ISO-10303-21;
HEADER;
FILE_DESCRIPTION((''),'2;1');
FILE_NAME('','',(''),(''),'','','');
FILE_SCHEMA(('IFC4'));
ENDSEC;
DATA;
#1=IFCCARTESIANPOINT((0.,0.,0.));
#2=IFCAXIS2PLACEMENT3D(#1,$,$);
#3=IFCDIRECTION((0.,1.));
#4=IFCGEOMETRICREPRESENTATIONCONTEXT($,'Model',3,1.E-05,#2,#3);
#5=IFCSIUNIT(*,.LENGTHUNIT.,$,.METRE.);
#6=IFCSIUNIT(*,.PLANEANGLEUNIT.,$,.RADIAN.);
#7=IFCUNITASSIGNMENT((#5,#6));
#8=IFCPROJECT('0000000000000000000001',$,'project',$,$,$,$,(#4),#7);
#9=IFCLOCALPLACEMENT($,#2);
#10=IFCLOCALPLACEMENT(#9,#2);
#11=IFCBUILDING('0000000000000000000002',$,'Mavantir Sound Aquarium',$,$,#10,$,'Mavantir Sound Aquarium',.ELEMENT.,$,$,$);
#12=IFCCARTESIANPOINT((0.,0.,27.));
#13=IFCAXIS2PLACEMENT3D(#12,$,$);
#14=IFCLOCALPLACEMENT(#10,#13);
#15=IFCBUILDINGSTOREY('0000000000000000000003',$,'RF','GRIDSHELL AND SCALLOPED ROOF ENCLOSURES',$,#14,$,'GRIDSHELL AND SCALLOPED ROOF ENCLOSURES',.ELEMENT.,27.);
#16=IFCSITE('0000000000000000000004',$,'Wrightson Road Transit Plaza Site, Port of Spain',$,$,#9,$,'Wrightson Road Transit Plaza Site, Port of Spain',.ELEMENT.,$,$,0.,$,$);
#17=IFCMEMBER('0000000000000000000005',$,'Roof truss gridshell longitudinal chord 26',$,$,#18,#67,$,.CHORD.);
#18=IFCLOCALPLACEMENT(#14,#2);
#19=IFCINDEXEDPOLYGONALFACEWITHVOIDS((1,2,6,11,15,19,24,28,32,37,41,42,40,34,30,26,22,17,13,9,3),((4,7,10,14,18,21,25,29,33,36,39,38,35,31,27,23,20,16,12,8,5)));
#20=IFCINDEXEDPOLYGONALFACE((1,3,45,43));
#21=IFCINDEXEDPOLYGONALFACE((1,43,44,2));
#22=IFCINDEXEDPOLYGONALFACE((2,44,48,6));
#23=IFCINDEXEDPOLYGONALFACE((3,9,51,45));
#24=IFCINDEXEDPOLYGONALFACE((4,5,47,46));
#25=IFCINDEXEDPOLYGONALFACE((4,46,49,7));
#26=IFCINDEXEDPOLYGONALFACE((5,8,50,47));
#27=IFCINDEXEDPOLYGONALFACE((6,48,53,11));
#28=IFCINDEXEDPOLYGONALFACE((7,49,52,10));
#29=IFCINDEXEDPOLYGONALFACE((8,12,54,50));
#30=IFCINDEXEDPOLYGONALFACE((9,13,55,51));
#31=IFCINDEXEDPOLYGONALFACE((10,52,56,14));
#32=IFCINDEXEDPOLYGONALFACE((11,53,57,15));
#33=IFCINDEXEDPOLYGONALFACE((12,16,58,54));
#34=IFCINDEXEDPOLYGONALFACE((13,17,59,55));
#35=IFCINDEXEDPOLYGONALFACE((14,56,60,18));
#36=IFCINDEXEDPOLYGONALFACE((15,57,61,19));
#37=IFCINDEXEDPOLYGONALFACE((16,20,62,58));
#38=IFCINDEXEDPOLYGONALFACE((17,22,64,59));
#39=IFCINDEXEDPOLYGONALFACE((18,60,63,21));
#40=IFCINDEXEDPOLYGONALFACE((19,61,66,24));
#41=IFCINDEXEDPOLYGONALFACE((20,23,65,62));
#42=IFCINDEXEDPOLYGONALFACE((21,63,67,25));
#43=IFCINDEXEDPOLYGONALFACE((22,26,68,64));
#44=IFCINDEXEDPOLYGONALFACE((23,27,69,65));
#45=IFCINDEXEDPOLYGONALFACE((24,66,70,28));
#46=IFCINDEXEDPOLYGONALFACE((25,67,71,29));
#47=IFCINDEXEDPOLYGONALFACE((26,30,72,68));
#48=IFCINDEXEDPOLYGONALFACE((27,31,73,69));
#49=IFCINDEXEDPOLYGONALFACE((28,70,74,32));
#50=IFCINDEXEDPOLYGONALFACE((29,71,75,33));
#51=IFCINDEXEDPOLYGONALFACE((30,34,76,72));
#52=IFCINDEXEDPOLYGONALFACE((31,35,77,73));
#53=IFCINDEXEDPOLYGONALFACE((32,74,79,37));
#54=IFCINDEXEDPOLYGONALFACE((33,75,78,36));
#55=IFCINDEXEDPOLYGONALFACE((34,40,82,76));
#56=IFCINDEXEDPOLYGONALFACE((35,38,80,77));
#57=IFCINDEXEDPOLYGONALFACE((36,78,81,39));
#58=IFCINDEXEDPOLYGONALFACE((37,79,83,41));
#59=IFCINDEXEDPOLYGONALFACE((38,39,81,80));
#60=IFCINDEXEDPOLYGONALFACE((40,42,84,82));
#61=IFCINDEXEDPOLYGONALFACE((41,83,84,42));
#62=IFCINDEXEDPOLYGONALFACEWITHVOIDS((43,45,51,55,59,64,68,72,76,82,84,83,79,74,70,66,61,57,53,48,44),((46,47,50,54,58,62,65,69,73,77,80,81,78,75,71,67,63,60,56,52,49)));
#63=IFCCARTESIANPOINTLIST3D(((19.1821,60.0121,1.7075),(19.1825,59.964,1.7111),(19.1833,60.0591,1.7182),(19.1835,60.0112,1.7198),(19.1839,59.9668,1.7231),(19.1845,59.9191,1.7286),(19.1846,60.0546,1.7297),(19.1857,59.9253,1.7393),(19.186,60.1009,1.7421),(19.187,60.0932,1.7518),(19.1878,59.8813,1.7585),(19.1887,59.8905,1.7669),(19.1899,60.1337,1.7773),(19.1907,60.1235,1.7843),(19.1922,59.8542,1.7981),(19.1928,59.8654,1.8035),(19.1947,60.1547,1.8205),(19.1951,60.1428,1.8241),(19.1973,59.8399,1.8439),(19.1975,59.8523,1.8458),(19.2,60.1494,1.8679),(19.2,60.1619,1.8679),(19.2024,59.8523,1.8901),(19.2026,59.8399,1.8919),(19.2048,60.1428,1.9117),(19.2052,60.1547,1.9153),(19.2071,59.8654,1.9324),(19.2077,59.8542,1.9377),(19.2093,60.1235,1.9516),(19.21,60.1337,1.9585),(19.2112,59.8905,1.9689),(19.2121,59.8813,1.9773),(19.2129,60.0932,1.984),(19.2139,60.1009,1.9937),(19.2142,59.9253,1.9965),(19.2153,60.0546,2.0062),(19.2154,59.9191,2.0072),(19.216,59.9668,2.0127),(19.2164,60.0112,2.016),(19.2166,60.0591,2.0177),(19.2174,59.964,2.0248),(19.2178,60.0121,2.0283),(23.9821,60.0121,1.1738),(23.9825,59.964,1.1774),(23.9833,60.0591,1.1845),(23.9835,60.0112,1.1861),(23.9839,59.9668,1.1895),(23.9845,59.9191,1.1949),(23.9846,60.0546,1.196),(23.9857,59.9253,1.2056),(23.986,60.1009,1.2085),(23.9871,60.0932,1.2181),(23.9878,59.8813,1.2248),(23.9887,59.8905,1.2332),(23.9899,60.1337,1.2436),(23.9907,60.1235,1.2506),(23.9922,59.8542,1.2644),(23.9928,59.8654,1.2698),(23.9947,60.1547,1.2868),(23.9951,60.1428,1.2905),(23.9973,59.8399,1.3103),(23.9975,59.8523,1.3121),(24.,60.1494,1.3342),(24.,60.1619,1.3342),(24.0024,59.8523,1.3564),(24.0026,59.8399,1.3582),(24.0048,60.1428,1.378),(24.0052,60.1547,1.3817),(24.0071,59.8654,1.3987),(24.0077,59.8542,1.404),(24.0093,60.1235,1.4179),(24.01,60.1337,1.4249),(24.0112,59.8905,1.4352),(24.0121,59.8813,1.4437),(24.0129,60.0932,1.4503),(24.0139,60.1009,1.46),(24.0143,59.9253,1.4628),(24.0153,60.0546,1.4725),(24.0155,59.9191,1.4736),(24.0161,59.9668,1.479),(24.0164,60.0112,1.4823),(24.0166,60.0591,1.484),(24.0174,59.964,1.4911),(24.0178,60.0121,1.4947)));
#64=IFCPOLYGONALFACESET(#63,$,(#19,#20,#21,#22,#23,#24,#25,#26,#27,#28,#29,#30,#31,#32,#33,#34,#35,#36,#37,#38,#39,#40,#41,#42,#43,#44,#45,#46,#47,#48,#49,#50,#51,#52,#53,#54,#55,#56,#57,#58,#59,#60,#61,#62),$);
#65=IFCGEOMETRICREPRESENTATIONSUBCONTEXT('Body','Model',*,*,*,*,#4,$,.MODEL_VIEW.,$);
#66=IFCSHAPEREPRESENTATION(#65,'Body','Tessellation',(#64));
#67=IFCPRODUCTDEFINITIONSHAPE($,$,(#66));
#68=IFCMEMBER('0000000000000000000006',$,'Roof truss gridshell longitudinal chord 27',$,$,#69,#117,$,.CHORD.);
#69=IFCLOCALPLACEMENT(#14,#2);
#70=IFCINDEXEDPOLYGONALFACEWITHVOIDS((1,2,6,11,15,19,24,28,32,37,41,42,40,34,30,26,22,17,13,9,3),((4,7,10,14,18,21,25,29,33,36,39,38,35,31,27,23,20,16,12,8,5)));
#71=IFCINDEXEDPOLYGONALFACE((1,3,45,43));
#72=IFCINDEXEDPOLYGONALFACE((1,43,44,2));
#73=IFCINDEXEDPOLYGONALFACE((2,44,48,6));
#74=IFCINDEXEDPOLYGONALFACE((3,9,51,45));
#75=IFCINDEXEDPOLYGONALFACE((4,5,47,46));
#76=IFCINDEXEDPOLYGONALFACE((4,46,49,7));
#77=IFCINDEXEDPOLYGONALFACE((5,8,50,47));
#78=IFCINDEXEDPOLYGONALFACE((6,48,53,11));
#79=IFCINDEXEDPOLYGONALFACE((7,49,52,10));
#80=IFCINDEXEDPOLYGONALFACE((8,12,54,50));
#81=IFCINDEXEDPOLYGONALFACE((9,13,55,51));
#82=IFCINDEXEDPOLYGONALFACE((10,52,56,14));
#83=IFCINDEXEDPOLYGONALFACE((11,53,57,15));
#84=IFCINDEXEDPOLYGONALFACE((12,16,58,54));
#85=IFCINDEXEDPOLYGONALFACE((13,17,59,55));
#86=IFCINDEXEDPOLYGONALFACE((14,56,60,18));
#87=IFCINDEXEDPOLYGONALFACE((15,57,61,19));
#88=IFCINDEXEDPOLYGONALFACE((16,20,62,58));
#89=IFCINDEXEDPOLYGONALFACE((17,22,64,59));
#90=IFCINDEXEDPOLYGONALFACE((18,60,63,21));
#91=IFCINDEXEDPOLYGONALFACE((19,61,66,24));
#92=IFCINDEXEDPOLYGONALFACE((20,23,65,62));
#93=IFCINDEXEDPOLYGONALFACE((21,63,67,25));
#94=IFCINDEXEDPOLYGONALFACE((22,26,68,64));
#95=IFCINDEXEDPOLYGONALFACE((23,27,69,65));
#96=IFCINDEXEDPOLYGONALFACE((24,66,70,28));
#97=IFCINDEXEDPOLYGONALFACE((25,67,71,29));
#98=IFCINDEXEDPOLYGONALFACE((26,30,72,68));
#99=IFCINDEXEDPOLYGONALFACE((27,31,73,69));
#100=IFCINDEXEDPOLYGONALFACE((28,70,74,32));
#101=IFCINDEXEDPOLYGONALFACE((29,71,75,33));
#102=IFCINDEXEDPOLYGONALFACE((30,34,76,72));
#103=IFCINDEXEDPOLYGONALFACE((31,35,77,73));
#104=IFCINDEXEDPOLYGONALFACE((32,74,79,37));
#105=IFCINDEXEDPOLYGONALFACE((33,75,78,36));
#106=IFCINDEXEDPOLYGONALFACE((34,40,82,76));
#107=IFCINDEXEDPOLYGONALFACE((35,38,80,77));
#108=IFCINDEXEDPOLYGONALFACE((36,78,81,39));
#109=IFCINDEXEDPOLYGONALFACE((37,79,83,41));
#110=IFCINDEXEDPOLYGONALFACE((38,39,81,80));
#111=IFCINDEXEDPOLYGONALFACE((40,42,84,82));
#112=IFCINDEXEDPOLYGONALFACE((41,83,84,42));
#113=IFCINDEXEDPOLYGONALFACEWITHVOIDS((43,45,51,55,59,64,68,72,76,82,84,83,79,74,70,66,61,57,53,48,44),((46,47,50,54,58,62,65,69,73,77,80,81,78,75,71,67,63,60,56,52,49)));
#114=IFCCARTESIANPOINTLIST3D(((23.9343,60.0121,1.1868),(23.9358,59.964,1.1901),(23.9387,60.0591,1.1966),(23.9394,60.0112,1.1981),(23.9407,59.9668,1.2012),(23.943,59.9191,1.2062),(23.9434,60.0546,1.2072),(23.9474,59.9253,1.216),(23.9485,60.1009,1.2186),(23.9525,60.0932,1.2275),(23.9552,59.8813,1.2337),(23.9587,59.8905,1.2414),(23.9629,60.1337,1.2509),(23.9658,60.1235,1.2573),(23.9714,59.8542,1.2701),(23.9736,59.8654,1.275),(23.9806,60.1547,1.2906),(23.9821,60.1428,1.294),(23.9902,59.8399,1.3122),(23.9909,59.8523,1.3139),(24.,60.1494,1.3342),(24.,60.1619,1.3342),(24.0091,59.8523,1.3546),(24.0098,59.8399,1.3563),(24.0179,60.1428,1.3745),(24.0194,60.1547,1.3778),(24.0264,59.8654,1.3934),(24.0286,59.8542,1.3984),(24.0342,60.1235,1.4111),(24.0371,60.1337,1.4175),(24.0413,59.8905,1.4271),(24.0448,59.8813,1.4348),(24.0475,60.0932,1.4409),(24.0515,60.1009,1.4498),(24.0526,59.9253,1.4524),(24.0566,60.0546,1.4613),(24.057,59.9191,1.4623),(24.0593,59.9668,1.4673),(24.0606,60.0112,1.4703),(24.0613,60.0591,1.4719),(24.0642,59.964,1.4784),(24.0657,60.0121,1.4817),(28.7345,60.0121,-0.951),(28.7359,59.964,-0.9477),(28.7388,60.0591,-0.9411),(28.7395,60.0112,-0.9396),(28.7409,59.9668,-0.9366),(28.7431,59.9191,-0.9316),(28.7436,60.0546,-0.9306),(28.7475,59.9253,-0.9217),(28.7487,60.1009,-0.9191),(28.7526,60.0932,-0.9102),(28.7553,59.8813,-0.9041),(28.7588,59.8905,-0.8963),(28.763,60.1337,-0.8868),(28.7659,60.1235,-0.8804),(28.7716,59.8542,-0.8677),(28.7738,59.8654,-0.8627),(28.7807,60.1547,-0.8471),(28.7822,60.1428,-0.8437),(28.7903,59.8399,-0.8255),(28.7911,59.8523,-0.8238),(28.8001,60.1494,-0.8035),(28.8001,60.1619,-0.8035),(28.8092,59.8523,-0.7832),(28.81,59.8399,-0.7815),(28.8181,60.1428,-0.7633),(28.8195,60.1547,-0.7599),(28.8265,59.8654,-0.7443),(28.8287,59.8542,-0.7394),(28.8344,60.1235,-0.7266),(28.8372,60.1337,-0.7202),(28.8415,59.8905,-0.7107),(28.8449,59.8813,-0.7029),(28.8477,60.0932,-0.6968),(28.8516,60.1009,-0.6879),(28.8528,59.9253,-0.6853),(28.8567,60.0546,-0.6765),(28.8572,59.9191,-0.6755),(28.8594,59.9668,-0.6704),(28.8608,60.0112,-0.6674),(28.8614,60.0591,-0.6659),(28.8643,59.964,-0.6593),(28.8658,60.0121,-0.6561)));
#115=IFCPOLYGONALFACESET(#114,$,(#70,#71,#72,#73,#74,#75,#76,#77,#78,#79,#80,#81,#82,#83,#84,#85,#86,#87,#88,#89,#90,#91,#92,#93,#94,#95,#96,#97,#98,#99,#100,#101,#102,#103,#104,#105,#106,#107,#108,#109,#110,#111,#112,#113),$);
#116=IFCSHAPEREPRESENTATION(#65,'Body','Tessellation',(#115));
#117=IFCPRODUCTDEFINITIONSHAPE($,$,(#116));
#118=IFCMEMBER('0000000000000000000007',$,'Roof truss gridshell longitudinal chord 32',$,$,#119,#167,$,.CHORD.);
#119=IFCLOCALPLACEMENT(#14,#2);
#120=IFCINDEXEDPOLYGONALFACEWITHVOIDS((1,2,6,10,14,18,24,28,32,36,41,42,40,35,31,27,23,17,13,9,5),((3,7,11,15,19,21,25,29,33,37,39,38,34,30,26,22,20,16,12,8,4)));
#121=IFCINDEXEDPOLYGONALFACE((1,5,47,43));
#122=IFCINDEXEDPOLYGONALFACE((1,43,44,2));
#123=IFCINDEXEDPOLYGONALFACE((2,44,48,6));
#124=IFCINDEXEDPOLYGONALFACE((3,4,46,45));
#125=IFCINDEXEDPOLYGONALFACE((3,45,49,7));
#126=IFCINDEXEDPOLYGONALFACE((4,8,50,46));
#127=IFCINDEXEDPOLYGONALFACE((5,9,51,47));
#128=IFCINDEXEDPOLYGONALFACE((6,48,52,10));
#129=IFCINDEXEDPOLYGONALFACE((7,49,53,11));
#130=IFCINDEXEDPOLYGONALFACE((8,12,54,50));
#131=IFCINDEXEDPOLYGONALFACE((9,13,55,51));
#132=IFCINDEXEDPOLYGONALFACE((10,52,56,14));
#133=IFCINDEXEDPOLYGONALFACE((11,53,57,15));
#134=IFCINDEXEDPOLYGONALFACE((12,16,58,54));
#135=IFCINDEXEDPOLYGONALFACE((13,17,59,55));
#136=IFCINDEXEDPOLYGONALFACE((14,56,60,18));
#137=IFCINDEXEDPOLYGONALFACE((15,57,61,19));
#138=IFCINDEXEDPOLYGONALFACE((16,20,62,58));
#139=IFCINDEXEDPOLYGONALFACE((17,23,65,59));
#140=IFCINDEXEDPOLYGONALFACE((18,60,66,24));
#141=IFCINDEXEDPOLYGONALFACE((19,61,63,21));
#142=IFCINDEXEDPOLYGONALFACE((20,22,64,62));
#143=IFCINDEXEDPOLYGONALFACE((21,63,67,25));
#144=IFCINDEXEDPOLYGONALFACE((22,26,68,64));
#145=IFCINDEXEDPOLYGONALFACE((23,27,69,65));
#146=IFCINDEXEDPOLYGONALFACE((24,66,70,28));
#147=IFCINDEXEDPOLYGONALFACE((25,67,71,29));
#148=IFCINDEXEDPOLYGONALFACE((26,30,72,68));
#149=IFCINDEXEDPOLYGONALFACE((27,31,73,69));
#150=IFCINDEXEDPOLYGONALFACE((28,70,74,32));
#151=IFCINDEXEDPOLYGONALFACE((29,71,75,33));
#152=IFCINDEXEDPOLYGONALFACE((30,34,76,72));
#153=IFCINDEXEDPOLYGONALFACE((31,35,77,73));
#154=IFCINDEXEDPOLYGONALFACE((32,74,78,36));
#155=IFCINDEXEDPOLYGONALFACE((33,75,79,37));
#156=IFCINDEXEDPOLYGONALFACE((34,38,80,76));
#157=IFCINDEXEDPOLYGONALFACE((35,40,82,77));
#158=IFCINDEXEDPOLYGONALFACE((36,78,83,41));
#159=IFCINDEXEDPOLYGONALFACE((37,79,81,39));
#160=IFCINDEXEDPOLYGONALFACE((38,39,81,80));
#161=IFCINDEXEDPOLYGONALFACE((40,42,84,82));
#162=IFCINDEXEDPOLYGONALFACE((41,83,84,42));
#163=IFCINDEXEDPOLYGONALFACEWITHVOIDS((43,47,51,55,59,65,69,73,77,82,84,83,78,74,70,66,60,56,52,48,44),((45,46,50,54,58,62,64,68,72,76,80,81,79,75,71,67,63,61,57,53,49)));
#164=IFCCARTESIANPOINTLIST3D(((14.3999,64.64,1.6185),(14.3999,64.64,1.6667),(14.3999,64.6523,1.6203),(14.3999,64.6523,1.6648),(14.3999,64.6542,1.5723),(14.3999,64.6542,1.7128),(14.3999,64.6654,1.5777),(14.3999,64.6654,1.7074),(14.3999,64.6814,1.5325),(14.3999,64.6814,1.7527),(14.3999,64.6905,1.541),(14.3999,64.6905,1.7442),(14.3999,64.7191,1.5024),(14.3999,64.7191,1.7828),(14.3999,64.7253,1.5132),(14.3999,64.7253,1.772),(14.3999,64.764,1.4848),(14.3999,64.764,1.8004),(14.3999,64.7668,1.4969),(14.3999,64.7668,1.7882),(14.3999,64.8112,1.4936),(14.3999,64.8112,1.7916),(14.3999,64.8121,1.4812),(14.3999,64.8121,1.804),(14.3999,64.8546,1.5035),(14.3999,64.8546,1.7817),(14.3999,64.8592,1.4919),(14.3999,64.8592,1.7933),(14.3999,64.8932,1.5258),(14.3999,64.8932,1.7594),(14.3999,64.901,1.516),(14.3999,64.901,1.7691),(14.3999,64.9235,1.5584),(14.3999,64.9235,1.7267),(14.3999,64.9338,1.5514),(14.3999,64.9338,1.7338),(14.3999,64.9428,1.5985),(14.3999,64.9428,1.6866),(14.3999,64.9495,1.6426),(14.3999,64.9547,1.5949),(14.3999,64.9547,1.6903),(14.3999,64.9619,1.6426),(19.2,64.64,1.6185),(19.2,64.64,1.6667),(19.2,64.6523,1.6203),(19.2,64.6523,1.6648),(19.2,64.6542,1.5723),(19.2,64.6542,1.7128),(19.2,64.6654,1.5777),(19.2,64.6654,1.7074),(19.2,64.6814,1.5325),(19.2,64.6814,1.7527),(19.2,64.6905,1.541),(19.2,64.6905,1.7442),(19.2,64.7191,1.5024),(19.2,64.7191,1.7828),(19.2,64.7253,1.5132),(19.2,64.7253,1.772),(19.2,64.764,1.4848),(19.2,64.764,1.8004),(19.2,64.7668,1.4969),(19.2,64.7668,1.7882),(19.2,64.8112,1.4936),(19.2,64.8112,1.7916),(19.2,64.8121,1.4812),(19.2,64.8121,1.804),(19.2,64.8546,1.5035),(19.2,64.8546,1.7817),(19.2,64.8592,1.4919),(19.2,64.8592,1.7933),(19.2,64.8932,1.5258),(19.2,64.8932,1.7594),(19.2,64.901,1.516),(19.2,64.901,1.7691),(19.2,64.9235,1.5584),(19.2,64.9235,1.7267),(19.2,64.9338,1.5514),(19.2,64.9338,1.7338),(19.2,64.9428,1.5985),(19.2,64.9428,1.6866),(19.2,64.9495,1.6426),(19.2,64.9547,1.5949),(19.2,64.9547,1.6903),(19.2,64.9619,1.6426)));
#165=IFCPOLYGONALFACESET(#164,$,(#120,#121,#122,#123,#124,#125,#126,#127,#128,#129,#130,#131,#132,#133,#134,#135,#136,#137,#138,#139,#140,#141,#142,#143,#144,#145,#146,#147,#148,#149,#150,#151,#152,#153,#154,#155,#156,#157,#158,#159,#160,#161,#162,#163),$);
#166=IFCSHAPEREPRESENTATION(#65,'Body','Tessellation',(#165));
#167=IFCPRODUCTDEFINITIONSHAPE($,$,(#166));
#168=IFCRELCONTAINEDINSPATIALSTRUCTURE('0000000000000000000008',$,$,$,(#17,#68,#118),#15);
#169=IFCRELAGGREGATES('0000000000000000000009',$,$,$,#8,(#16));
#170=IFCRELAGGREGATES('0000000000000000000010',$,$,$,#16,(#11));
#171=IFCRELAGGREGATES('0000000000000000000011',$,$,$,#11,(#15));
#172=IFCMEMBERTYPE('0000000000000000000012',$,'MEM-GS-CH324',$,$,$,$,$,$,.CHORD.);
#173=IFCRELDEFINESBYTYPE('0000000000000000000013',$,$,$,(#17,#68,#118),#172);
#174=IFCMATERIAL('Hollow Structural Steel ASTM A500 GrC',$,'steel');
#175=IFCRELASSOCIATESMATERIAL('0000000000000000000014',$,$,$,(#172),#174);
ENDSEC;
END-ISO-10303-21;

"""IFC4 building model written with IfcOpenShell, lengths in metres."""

from ifc_helpers import new_model, si_unit, direction, frame, origin, origin_2d, place, context, subcontext, project, spatial, hollow_circle, extrude, material, material_profile, profile_set, type_object, element, save


model = new_model("IFC4")

# Units and contexts
model_context = context("Model", 3, precision=1e-05, world=origin(), true_north=direction((0.0, 1.0)))
body_context = subcontext(model_context, "Body", "Model", "MODEL_VIEW")
ifc_project = project(units=[si_unit("LENGTHUNIT", "METRE"), si_unit("PLANEANGLEUNIT", "RADIAN")], contexts=[model_context])

# Site, building, storey
site_placement = place(None, origin())
site = spatial("IfcSite", under=ifc_project, at=site_placement, Name="Wrightson Road Transit Plaza Site, Port of Spain", LongName="Wrightson Road Transit Plaza Site, Port of Spain", CompositionType="ELEMENT", RefElevation=0.0)
building_placement = place(site_placement, origin())
building = spatial("IfcBuilding", under=site, at=building_placement, Name="Mavantir Sound Aquarium", LongName="Mavantir Sound Aquarium", CompositionType="ELEMENT")
storey_placement = place(building_placement, frame((0.0, 0.0, 27.0)))
storey = spatial("IfcBuildingStorey", under=building, at=storey_placement, Name="RF", Description="GRIDSHELL AND SCALLOPED ROOF ENCLOSURES", LongName="GRIDSHELL AND SCALLOPED ROOF ENCLOSURES", CompositionType="ELEMENT", Elevation=27.0)

# Members
ifc_material_1 = material(Name="Hollow Structural Steel ASTM A500 GrC", Category="steel")
ifc_material_profile_1 = material_profile(ifc_material_1, hollow_circle(Radius=0.1619, WallThickness=0.0125, at=origin_2d()), Name="CHS 323.9X12.5")
ifc_profile_set_1 = profile_set([ifc_material_profile_1], Name="Hollow Structural Steel ASTM A500 GrC")
member_type_1 = type_object("IfcMemberType", Name="MEM-GS-CH324", PredefinedType="CHORD", material=ifc_profile_set_1)
member_1_placement = place(storey_placement, frame((19.2, 60.0, 1.8679), z_axis=(0.993876, 0.0, -0.110504), x_axis=(0.0, 1.0, 0.0)))
element("IfcMember", 1, at=member_1_placement, inside=storey, type_object=member_type_1, Name="Roof truss gridshell longitudinal chord 26", PredefinedType="CHORD", context=body_context, shape_type="SweptSolid", body=[
    extrude(hollow_circle(Radius=0.1619, WallThickness=0.0125, at=origin_2d()), origin(), (0.0, 0.0, 1.0), 4.8296),
])
member_2_placement = place(storey_placement, frame((24.0, 60.0, 1.3342), z_axis=(0.913505, 0.0, -0.406828), x_axis=(0.0, 1.0, 0.0)))
element("IfcMember", 2, at=member_2_placement, inside=storey, type_object=member_type_1, Name="Roof truss gridshell longitudinal chord 27", PredefinedType="CHORD", context=body_context, shape_type="SweptSolid", body=[
    extrude(hollow_circle(Radius=0.1619, WallThickness=0.0125, at=origin_2d()), origin(), (0.0, 0.0, 1.0), 5.2546),
])
member_3_placement = place(storey_placement, frame((14.3999, 64.8, 1.6426), z_axis=(1.0, 0.0, 0.0), x_axis=(0.0, 1.0, 0.0)))
element("IfcMember", 3, at=member_3_placement, inside=storey, type_object=member_type_1, Name="Roof truss gridshell longitudinal chord 32", PredefinedType="CHORD", context=body_context, shape_type="SweptSolid", body=[
    extrude(hollow_circle(Radius=0.1619, WallThickness=0.0125, at=origin_2d()), origin(), (0.0, 0.0, 1.0), 4.8),
])

save(model, "model.ifc")
